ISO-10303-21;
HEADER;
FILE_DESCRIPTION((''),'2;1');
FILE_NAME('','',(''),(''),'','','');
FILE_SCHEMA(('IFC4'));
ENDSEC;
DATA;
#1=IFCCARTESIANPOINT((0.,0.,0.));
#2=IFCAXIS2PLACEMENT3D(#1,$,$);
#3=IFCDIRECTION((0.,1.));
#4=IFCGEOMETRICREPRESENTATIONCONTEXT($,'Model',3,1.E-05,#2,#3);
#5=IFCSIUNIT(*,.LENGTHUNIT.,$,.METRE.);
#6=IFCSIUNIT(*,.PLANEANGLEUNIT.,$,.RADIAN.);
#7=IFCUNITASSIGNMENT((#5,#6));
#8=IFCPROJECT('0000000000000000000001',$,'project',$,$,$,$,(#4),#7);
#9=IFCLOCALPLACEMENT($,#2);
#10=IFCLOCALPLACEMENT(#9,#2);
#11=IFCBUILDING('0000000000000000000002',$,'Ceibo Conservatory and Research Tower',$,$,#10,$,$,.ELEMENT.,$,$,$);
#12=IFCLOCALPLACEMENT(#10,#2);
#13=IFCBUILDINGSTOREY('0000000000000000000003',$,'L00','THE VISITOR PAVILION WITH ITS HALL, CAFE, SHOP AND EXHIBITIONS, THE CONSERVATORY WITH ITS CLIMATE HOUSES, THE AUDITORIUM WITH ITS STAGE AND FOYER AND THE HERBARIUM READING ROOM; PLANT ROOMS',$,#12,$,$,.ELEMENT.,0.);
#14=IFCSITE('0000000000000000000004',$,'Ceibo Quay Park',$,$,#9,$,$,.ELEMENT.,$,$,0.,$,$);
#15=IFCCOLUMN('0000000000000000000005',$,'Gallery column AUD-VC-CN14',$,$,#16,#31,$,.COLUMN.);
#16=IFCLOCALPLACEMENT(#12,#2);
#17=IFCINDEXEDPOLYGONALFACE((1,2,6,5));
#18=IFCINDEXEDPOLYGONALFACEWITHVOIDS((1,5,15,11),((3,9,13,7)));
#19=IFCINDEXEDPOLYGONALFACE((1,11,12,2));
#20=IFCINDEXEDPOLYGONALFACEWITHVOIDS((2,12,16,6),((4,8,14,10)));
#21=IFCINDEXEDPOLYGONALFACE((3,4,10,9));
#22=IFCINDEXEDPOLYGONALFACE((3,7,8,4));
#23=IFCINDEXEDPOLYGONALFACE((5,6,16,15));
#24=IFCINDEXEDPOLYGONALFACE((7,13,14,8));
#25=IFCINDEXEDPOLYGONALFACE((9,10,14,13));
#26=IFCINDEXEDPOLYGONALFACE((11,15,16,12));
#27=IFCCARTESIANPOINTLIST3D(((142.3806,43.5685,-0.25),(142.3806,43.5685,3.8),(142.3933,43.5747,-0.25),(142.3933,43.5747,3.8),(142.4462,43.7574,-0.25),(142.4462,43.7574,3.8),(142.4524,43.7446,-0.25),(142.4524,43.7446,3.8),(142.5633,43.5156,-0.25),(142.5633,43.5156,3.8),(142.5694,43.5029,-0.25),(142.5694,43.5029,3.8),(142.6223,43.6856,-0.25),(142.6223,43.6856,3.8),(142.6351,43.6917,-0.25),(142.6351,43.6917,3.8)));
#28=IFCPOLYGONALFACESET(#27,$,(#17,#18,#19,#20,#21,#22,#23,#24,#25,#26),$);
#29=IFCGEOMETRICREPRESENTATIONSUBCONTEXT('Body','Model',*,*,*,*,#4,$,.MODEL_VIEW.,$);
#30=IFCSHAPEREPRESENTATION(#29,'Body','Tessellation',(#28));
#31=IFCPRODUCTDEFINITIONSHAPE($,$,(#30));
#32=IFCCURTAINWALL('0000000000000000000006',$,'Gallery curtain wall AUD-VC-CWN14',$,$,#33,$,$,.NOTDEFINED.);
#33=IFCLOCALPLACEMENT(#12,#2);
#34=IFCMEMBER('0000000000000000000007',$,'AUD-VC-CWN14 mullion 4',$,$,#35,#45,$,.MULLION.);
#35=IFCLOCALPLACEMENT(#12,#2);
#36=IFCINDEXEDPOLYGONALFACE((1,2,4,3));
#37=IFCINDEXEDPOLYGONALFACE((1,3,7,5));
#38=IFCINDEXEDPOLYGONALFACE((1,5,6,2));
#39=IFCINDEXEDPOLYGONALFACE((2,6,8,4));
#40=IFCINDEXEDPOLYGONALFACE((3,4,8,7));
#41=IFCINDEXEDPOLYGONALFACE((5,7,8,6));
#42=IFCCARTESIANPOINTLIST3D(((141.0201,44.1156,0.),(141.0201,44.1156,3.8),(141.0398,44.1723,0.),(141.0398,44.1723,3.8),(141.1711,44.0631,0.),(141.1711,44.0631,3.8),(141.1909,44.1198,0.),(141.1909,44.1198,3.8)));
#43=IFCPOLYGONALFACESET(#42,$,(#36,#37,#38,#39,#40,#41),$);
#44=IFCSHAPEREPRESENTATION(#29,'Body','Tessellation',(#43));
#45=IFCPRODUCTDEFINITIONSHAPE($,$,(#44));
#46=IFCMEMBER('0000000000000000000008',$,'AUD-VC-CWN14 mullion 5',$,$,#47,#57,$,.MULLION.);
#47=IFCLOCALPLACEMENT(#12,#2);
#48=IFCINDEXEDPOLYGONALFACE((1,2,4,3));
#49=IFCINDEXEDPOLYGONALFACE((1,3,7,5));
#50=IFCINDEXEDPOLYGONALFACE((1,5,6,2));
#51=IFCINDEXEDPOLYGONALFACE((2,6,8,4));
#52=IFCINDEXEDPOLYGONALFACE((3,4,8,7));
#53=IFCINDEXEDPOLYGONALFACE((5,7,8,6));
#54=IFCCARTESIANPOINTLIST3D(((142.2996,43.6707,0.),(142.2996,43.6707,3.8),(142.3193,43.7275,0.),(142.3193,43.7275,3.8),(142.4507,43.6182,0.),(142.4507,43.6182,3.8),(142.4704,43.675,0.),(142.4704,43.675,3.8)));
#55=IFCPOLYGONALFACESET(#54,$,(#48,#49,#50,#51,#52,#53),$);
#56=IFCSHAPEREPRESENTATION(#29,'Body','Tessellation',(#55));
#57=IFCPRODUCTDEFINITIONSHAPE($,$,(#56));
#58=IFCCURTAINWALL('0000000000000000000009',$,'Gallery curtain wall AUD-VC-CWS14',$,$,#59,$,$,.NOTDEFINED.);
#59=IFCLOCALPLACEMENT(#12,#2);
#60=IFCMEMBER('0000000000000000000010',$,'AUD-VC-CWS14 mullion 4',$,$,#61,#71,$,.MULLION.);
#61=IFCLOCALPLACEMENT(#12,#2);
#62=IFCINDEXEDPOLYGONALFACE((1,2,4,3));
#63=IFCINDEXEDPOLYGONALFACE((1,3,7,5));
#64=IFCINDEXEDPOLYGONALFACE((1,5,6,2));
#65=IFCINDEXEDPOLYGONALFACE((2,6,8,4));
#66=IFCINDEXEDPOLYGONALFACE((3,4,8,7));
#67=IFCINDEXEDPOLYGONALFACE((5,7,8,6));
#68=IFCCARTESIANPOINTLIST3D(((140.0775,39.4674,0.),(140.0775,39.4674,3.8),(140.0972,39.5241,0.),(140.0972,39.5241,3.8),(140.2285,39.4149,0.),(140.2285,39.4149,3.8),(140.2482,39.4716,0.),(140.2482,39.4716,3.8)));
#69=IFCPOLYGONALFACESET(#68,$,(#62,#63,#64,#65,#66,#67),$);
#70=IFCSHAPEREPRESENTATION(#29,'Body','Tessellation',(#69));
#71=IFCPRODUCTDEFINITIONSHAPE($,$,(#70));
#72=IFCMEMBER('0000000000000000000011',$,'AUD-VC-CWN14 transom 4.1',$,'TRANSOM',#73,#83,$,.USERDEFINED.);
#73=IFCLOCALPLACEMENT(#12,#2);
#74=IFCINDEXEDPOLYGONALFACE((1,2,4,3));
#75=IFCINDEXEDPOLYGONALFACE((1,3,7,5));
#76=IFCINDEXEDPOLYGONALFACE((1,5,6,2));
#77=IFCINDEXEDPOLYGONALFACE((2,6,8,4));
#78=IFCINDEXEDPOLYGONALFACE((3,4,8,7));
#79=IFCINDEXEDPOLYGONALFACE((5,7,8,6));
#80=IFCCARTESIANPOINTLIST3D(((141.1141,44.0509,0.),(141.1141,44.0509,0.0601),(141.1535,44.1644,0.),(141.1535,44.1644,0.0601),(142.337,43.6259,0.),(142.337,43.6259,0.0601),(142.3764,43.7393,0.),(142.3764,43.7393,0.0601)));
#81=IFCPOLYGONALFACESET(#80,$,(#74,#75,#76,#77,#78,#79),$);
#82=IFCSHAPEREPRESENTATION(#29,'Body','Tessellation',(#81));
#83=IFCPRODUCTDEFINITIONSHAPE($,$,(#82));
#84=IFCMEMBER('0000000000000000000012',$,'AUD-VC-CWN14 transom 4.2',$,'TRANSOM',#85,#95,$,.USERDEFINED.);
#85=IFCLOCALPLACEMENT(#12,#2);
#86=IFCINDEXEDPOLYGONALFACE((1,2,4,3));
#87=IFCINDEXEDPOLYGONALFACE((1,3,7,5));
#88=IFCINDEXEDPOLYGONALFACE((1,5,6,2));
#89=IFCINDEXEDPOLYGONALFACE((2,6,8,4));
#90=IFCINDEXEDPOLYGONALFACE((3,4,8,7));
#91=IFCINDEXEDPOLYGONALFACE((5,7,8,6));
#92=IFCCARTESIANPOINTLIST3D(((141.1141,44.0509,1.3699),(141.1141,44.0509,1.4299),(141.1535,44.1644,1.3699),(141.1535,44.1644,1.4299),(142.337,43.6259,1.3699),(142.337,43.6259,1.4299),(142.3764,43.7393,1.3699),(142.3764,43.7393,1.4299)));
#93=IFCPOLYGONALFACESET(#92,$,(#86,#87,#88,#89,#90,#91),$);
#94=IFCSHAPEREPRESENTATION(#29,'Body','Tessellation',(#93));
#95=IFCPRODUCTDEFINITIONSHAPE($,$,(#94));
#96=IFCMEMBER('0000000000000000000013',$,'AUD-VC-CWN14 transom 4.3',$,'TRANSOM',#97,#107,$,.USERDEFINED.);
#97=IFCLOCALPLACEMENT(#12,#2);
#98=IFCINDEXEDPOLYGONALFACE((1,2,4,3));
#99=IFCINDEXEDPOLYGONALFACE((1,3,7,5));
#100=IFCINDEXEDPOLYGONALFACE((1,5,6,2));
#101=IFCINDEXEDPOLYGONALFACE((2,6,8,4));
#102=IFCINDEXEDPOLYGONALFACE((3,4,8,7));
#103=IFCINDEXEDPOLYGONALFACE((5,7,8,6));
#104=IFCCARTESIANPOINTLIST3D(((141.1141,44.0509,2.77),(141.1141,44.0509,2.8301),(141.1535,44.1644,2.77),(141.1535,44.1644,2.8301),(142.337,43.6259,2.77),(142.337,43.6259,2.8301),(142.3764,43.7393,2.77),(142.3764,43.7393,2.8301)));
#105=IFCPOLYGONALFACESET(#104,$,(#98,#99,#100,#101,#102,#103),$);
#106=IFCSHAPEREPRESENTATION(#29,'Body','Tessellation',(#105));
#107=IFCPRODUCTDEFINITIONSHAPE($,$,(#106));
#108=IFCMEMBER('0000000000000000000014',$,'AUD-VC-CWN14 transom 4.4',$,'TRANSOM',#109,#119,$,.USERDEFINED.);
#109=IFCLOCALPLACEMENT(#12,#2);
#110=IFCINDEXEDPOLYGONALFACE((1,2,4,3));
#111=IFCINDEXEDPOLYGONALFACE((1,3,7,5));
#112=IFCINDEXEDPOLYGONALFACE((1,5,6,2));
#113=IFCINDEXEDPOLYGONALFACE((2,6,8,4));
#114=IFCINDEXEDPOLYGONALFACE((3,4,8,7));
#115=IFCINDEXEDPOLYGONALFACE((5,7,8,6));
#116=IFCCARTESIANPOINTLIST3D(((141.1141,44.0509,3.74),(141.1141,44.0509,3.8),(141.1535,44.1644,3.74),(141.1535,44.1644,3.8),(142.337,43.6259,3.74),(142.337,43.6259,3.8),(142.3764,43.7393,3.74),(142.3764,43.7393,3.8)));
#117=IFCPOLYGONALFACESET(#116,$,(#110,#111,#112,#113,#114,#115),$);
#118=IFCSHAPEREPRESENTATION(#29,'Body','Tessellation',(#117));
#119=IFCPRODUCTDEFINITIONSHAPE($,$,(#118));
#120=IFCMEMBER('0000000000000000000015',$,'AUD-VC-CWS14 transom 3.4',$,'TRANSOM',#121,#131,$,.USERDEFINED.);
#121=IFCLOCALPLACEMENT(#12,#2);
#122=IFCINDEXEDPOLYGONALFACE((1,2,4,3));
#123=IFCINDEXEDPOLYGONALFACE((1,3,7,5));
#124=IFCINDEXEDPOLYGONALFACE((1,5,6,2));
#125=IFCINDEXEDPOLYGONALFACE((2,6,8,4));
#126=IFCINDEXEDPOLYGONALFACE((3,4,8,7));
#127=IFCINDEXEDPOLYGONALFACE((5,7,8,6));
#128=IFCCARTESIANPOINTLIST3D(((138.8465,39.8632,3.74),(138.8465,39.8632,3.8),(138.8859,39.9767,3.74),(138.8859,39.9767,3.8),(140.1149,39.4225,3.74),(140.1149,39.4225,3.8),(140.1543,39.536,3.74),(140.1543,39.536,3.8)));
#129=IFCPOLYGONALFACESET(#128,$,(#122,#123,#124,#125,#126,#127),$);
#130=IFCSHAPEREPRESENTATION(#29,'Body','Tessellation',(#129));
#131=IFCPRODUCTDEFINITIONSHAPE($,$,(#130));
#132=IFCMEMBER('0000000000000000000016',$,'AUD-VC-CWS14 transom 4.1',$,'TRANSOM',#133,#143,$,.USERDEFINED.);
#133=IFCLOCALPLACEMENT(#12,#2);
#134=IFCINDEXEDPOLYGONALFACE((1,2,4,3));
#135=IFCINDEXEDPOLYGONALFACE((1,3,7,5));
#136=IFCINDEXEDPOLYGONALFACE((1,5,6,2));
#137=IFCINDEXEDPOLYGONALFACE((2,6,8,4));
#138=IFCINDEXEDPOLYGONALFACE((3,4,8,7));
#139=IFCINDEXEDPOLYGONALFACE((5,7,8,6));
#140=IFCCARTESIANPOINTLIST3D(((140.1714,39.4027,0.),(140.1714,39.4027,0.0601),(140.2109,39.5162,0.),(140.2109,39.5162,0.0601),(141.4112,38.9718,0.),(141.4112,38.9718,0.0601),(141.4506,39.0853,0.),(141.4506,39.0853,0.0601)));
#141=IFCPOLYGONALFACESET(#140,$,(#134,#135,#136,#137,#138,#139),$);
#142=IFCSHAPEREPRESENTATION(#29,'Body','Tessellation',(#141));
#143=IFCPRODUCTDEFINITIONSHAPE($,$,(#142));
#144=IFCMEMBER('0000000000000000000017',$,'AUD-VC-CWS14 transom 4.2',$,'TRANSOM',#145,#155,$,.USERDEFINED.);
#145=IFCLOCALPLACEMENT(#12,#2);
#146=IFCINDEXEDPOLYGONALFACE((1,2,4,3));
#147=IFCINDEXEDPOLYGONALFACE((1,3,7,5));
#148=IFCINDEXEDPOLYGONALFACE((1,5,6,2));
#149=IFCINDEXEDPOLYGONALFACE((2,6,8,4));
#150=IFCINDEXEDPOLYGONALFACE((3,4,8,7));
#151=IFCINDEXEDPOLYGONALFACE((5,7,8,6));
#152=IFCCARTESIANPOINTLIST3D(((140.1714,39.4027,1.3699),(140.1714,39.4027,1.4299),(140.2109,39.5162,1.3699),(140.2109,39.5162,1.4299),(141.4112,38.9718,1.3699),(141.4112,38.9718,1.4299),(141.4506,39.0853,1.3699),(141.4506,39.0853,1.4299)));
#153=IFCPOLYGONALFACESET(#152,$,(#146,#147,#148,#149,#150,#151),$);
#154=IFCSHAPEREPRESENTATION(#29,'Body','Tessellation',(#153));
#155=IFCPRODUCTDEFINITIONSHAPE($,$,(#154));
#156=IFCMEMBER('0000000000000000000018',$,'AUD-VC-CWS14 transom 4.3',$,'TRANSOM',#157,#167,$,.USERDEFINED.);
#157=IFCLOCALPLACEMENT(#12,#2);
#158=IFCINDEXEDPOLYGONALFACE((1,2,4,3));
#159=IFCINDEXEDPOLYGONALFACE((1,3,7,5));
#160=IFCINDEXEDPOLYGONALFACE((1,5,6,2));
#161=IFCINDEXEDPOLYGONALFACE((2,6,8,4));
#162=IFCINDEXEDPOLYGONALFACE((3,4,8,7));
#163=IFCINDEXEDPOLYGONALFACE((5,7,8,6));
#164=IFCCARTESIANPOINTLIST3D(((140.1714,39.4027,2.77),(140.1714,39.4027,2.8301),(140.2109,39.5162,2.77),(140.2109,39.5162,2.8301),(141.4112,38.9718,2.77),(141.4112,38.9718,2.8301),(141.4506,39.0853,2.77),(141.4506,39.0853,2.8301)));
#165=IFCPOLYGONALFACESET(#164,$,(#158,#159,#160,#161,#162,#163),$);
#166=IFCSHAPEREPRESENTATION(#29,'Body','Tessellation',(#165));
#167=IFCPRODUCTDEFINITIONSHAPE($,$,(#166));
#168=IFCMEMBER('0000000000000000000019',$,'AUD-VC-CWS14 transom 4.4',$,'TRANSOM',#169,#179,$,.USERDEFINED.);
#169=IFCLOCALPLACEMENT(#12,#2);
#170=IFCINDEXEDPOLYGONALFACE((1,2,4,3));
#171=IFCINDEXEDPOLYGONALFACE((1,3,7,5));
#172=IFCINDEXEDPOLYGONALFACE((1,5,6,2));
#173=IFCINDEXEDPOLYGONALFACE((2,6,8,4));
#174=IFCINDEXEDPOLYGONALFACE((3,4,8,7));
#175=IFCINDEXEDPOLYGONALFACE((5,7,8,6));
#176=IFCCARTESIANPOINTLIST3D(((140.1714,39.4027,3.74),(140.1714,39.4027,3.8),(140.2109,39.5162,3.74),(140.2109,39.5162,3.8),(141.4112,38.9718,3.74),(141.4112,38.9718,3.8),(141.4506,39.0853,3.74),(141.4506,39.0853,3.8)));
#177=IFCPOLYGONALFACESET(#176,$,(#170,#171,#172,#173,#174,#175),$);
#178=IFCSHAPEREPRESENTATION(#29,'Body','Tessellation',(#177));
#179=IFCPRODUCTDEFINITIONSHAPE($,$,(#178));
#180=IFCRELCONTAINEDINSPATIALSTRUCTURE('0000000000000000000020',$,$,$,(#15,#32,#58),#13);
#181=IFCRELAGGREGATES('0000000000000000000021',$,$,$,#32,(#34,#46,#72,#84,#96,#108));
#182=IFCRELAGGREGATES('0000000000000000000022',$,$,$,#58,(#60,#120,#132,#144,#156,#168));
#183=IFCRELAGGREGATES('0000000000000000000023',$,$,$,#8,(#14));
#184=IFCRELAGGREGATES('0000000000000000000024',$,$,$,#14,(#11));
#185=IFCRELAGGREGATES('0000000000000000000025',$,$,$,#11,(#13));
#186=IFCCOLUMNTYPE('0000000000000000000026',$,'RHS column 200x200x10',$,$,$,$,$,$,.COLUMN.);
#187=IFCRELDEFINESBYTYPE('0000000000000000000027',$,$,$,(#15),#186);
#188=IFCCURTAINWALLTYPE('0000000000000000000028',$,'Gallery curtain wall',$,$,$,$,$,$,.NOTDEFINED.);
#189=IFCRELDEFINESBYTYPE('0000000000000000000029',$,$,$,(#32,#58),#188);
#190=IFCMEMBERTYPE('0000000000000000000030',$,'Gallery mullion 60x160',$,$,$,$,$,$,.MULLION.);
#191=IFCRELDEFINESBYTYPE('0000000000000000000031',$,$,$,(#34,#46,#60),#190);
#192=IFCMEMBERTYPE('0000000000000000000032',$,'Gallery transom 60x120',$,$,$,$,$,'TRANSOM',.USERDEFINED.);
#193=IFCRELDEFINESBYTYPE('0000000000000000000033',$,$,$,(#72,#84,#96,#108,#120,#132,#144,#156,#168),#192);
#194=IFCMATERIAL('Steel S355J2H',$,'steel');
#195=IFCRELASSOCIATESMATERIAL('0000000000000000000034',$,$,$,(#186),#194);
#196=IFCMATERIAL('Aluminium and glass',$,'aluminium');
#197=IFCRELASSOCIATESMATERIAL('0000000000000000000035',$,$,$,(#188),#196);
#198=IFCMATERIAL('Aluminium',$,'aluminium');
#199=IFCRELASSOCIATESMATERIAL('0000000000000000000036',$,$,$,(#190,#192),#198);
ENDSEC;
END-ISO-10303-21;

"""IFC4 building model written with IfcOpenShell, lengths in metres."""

from ifc_helpers import new_model, si_unit, direction, frame, origin, origin_2d, place, context, subcontext, project, spatial, rectangle, hollow_rectangle, extrude, material, material_profile, profile_set, type_object, element, aggregate, save


model = new_model("IFC4")

# Units and contexts
model_context = context("Model", 3, precision=1e-05, world=origin(), true_north=direction((0.0, 1.0)))
body_context = subcontext(model_context, "Body", "Model", "MODEL_VIEW")
ifc_project = project(units=[si_unit("LENGTHUNIT", "METRE"), si_unit("PLANEANGLEUNIT", "RADIAN")], contexts=[model_context])

# Site, building, storey
site_placement = place(None, origin())
site = spatial("IfcSite", under=ifc_project, at=site_placement, Name="Ceibo Quay Park", CompositionType="ELEMENT", RefElevation=0.0)
building_placement = place(site_placement, origin())
building = spatial("IfcBuilding", under=site, at=building_placement, Name="Ceibo Conservatory and Research Tower", CompositionType="ELEMENT")
storey_placement = place(building_placement, origin())
storey = spatial("IfcBuildingStorey", under=building, at=storey_placement, Name="L00", Description="THE VISITOR PAVILION WITH ITS HALL, CAFE, SHOP AND EXHIBITIONS, THE CONSERVATORY WITH ITS CLIMATE HOUSES, THE AUDITORIUM WITH ITS STAGE AND FOYER AND THE HERBARIUM READING ROOM; PLANT ROOMS", CompositionType="ELEMENT", Elevation=0.0)

# Column
ifc_material_1 = material(Name="Steel S355J2H", Category="steel")
ifc_material_profile_1 = material_profile(ifc_material_1, hollow_rectangle(XDim=0.2, YDim=0.2, WallThickness=0.01, at=origin_2d()), Name="RHS column 200x200x10")
ifc_profile_set_1 = profile_set([ifc_material_profile_1], Name="Steel S355J2H")
column_type = type_object("IfcColumnType", Name="RHS column 200x200x10", PredefinedType="COLUMN", material=ifc_profile_set_1)
column_placement = place(storey_placement, frame((142.5078, 43.6301, -0.25), z_axis=(0.0, 0.0, 1.0), x_axis=(0.944579, -0.328284, 0.0)))
element("IfcColumn", 1, at=column_placement, inside=storey, type_object=column_type, Name="Gallery column AUD-VC-CN14", PredefinedType="COLUMN", context=body_context, shape_type="SweptSolid", body=[
    extrude(hollow_rectangle(XDim=0.2, YDim=0.2, WallThickness=0.01, at=origin_2d()), origin(), (0.0, 0.0, 1.0), 4.05),
])

# Curtain wall, members
ifc_material_2 = material(Name="Aluminium and glass", Category="aluminium")
curtain_wall_type_1 = type_object("IfcCurtainWallType", Name="Gallery curtain wall", PredefinedType="NOTDEFINED", material=ifc_material_2)
curtain_wall_1_placement = place(storey_placement, origin())
curtain_wall_1 = element("IfcCurtainWall", 2, at=curtain_wall_1_placement, inside=storey, type_object=curtain_wall_type_1, Name="Gallery curtain wall AUD-VC-CWN14", PredefinedType="NOTDEFINED")
ifc_material_3 = material(Name="Aluminium", Category="aluminium")
ifc_material_profile_2 = material_profile(ifc_material_3, rectangle(XDim=0.0601, YDim=0.1599, at=origin_2d()), Name="AL 60x160")
ifc_profile_set_2 = profile_set([ifc_material_profile_2], Name="Aluminium")
member_type_1 = type_object("IfcMemberType", Name="Gallery mullion 60x160", PredefinedType="MULLION", material=ifc_profile_set_2)
member_1_placement = place(storey_placement, frame((141.1055, 44.1177, 0.0), z_axis=(0.0, 0.0, 1.0), x_axis=(0.328284, 0.944579, 0.0)))
member_1 = element("IfcMember", 3, at=member_1_placement, type_object=member_type_1, Name="AUD-VC-CWN14 mullion 4", PredefinedType="MULLION", context=body_context, shape_type="SweptSolid", body=[
    extrude(rectangle(XDim=0.0601, YDim=0.1599, at=origin_2d()), origin(), (0.0, 0.0, 1.0), 3.8),
])
member_2_placement = place(storey_placement, frame((142.385, 43.6729, 0.0), z_axis=(0.0, 0.0, 1.0), x_axis=(0.328284, 0.944579, 0.0)))
member_2 = element("IfcMember", 4, at=member_2_placement, type_object=member_type_1, Name="AUD-VC-CWN14 mullion 5", PredefinedType="MULLION", context=body_context, shape_type="SweptSolid", body=[
    extrude(rectangle(XDim=0.0601, YDim=0.1599, at=origin_2d()), origin(), (0.0, 0.0, 1.0), 3.8),
])

# Curtain wall, member
curtain_wall_2_placement = place(storey_placement, origin())
curtain_wall_2 = element("IfcCurtainWall", 5, at=curtain_wall_2_placement, inside=storey, type_object=curtain_wall_type_1, Name="Gallery curtain wall AUD-VC-CWS14", PredefinedType="NOTDEFINED")
member_3_placement = place(storey_placement, frame((140.1628, 39.4695, 0.0), z_axis=(0.0, 0.0, 1.0), x_axis=(0.328284, 0.944579, 0.0)))
member_3 = element("IfcMember", 6, at=member_3_placement, type_object=member_type_1, Name="AUD-VC-CWS14 mullion 4", PredefinedType="MULLION", context=body_context, shape_type="SweptSolid", body=[
    extrude(rectangle(XDim=0.0601, YDim=0.1599, at=origin_2d()), origin(), (0.0, 0.0, 1.0), 3.8),
])

# Members
ifc_material_profile_3 = material_profile(ifc_material_3, rectangle(XDim=0.1201, YDim=0.0601, at=origin_2d()), Name="AL 60x120")
ifc_profile_set_3 = profile_set([ifc_material_profile_3], Name="Aluminium")
member_type_2 = type_object("IfcMemberType", Name="Gallery transom 60x120", ElementType="TRANSOM", PredefinedType="USERDEFINED", material=ifc_profile_set_3)
member_4_placement = place(storey_placement, frame((141.1338, 44.1077, 0.03), z_axis=(0.944571, -0.328309, 0.0), x_axis=(0.328309, 0.944571, 0.0)))
member_4 = element("IfcMember", 7, at=member_4_placement, type_object=member_type_2, Name="AUD-VC-CWN14 transom 4.1", ObjectType="TRANSOM", PredefinedType="USERDEFINED", context=body_context, shape_type="SweptSolid", body=[
    extrude(rectangle(XDim=0.1201, YDim=0.0601, at=origin_2d()), origin(), (0.0, 0.0, 1.0), 1.2947),
])
member_5_placement = place(storey_placement, frame((141.1338, 44.1077, 1.3999), z_axis=(0.944571, -0.328309, 0.0), x_axis=(0.328309, 0.944571, 0.0)))
member_5 = element("IfcMember", 8, at=member_5_placement, type_object=member_type_2, Name="AUD-VC-CWN14 transom 4.2", ObjectType="TRANSOM", PredefinedType="USERDEFINED", context=body_context, shape_type="SweptSolid", body=[
    extrude(rectangle(XDim=0.1201, YDim=0.0601, at=origin_2d()), origin(), (0.0, 0.0, 1.0), 1.2947),
])
member_6_placement = place(storey_placement, frame((141.1338, 44.1077, 2.8), z_axis=(0.944571, -0.328309, 0.0), x_axis=(0.328309, 0.944571, 0.0)))
member_6 = element("IfcMember", 9, at=member_6_placement, type_object=member_type_2, Name="AUD-VC-CWN14 transom 4.3", ObjectType="TRANSOM", PredefinedType="USERDEFINED", context=body_context, shape_type="SweptSolid", body=[
    extrude(rectangle(XDim=0.1201, YDim=0.0601, at=origin_2d()), origin(), (0.0, 0.0, 1.0), 1.2947),
])
member_7_placement = place(storey_placement, frame((141.1338, 44.1077, 3.77), z_axis=(0.944571, -0.328309, 0.0), x_axis=(0.328309, 0.944571, 0.0)))
member_7 = element("IfcMember", 10, at=member_7_placement, type_object=member_type_2, Name="AUD-VC-CWN14 transom 4.4", ObjectType="TRANSOM", PredefinedType="USERDEFINED", context=body_context, shape_type="SweptSolid", body=[
    extrude(rectangle(XDim=0.1201, YDim=0.0601, at=origin_2d()), origin(), (0.0, 0.0, 1.0), 1.2947),
])
member_8_placement = place(storey_placement, frame((138.8662, 39.9199, 3.77), z_axis=(0.944607, -0.328203, 0.0), x_axis=(0.328203, 0.944607, 0.0)))
member_8 = element("IfcMember", 11, at=member_8_placement, type_object=member_type_2, Name="AUD-VC-CWS14 transom 3.4", ObjectType="TRANSOM", PredefinedType="USERDEFINED", context=body_context, shape_type="SweptSolid", body=[
    extrude(rectangle(XDim=0.1201, YDim=0.0601, at=origin_2d()), origin(), (0.0, 0.0, 1.0), 1.3428),
])
member_9_placement = place(storey_placement, frame((140.1912, 39.4595, 0.03), z_axis=(0.94457, -0.328311, 0.0), x_axis=(0.328311, 0.94457, 0.0)))
member_9 = element("IfcMember", 12, at=member_9_placement, type_object=member_type_2, Name="AUD-VC-CWS14 transom 4.1", ObjectType="TRANSOM", PredefinedType="USERDEFINED", context=body_context, shape_type="SweptSolid", body=[
    extrude(rectangle(XDim=0.1201, YDim=0.0601, at=origin_2d()), origin(), (0.0, 0.0, 1.0), 1.3125),
])
member_10_placement = place(storey_placement, frame((140.1912, 39.4595, 1.3999), z_axis=(0.94457, -0.328311, 0.0), x_axis=(0.328311, 0.94457, 0.0)))
member_10 = element("IfcMember", 13, at=member_10_placement, type_object=member_type_2, Name="AUD-VC-CWS14 transom 4.2", ObjectType="TRANSOM", PredefinedType="USERDEFINED", context=body_context, shape_type="SweptSolid", body=[
    extrude(rectangle(XDim=0.1201, YDim=0.0601, at=origin_2d()), origin(), (0.0, 0.0, 1.0), 1.3125),
])
member_11_placement = place(storey_placement, frame((140.1912, 39.4595, 2.8), z_axis=(0.94457, -0.328311, 0.0), x_axis=(0.328311, 0.94457, 0.0)))
member_11 = element("IfcMember", 14, at=member_11_placement, type_object=member_type_2, Name="AUD-VC-CWS14 transom 4.3", ObjectType="TRANSOM", PredefinedType="USERDEFINED", context=body_context, shape_type="SweptSolid", body=[
    extrude(rectangle(XDim=0.1201, YDim=0.0601, at=origin_2d()), origin(), (0.0, 0.0, 1.0), 1.3125),
])
member_12_placement = place(storey_placement, frame((140.1912, 39.4595, 3.77), z_axis=(0.94457, -0.328311, 0.0), x_axis=(0.328311, 0.94457, 0.0)))
member_12 = element("IfcMember", 15, at=member_12_placement, type_object=member_type_2, Name="AUD-VC-CWS14 transom 4.4", ObjectType="TRANSOM", PredefinedType="USERDEFINED", context=body_context, shape_type="SweptSolid", body=[
    extrude(rectangle(XDim=0.1201, YDim=0.0601, at=origin_2d()), origin(), (0.0, 0.0, 1.0), 1.3125),
])

aggregate(curtain_wall_1, [member_1, member_2, member_4, member_5, member_6, member_7])
aggregate(curtain_wall_2, [member_3, member_8, member_9, member_10, member_11, member_12])

save(model, "model.ifc")
